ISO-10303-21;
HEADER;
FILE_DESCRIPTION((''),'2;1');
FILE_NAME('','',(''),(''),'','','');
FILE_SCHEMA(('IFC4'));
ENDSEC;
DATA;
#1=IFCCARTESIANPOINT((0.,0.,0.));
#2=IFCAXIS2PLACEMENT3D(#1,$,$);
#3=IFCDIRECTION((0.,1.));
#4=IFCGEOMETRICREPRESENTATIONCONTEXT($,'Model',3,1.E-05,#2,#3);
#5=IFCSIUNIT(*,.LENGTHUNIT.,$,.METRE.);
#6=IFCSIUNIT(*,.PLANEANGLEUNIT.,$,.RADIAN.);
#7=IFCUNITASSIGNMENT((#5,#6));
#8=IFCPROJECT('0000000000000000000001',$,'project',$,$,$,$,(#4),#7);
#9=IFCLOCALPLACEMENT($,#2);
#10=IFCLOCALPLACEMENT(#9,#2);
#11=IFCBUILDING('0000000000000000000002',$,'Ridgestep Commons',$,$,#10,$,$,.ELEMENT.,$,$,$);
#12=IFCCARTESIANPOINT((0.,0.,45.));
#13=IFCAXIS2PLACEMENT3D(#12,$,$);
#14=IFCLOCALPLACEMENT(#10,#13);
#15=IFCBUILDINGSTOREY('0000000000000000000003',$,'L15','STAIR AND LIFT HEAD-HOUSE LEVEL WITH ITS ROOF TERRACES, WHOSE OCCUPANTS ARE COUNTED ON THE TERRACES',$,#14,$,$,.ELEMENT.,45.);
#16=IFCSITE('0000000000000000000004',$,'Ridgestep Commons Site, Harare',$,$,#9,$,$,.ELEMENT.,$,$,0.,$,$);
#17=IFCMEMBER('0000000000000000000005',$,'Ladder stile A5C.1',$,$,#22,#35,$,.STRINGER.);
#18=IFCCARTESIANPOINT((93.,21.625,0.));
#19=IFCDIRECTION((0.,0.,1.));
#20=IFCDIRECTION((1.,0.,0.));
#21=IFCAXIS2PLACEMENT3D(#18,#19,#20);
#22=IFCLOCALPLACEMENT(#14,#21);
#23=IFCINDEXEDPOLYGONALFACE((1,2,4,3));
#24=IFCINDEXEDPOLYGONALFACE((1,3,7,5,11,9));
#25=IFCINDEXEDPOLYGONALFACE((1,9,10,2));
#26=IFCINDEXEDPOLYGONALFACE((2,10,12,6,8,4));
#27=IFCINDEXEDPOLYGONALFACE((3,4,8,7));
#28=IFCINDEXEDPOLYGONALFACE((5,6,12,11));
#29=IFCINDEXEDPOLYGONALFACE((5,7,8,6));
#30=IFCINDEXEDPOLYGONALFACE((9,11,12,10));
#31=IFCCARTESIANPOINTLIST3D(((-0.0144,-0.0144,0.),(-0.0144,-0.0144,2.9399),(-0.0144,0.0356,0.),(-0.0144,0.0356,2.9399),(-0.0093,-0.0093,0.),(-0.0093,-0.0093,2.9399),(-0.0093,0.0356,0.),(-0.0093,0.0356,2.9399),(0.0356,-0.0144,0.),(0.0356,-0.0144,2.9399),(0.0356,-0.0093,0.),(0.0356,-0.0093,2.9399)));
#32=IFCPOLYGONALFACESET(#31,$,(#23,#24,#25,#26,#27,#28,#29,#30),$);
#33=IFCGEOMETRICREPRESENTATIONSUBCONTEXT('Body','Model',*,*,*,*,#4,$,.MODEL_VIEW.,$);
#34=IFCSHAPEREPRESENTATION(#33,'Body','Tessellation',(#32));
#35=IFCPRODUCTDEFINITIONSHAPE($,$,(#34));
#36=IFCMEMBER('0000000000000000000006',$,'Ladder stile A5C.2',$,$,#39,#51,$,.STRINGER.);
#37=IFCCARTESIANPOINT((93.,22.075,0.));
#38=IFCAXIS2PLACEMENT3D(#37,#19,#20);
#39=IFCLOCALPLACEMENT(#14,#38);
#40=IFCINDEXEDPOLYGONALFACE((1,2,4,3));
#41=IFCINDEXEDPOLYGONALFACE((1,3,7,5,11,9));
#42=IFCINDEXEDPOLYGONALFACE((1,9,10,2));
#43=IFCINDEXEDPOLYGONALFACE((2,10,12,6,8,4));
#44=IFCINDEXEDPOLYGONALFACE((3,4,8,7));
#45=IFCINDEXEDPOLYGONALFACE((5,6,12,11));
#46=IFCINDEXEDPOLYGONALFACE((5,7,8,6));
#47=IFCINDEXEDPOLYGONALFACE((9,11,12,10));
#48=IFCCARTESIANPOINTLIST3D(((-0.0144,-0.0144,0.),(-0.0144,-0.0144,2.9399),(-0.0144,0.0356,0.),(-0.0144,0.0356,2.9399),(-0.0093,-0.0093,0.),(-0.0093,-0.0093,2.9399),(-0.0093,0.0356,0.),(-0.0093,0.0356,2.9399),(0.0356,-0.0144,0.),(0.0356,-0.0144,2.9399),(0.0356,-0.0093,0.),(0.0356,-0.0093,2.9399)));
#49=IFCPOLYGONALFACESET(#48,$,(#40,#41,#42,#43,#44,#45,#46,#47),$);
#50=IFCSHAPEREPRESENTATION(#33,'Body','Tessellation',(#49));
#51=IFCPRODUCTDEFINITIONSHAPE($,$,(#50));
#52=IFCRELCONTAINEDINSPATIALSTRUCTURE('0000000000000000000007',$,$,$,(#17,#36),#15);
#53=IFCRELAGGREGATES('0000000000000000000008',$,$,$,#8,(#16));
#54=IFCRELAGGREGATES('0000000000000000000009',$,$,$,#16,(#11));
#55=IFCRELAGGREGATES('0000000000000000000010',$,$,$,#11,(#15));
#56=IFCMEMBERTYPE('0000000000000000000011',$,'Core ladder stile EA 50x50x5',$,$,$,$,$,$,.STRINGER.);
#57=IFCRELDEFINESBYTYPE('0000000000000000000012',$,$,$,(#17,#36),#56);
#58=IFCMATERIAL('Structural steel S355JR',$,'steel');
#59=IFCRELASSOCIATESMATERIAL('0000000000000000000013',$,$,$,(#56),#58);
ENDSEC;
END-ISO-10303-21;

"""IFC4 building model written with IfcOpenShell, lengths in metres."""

from ifc_helpers import new_model, si_unit, direction, frame, origin, place, context, subcontext, project, spatial, polyline, outline, extrude, material, material_profile, profile_set, type_object, element, save


model = new_model("IFC4")

# Units and contexts
model_context = context("Model", 3, precision=1e-05, world=origin(), true_north=direction((0.0, 1.0)))
body_context = subcontext(model_context, "Body", "Model", "MODEL_VIEW")
ifc_project = project(units=[si_unit("LENGTHUNIT", "METRE"), si_unit("PLANEANGLEUNIT", "RADIAN")], contexts=[model_context])

# Site, building, storey
site_placement = place(None, origin())
site = spatial("IfcSite", under=ifc_project, at=site_placement, Name="Ridgestep Commons Site, Harare", CompositionType="ELEMENT", RefElevation=0.0)
building_placement = place(site_placement, origin())
building = spatial("IfcBuilding", under=site, at=building_placement, Name="Ridgestep Commons", CompositionType="ELEMENT")
storey_placement = place(building_placement, frame((0.0, 0.0, 45.0)))
storey = spatial("IfcBuildingStorey", under=building, at=storey_placement, Name="L15", Description="STAIR AND LIFT HEAD-HOUSE LEVEL WITH ITS ROOF TERRACES, WHOSE OCCUPANTS ARE COUNTED ON THE TERRACES", CompositionType="ELEMENT", Elevation=45.0)

# Members
ifc_material_1 = material(Name="Structural steel S355JR", Category="steel")
ifc_material_profile_1 = material_profile(ifc_material_1, outline(polyline([(-0.0144, -0.0144), (0.0356, -0.0144), (0.0356, -0.0093), (-0.0093, -0.0093), (-0.0093, 0.0356), (-0.0144, 0.0356), (-0.0144, -0.0144)])), Name="EA 50x50x5")
ifc_profile_set_1 = profile_set([ifc_material_profile_1], Name="Structural steel S355JR")
member_type_1 = type_object("IfcMemberType", Name="Core ladder stile EA 50x50x5", PredefinedType="STRINGER", material=ifc_profile_set_1)
for number, where, z_axis, x_axis, name in (
    (1, (93.0, 21.625, 0.0), (0.0, 0.0, 1.0), (1.0, 0.0, 0.0), "Ladder stile A5C.1"),
    (2, (93.0, 22.075, 0.0), (0.0, 0.0, 1.0), (1.0, 0.0, 0.0), "Ladder stile A5C.2"),
):
    element("IfcMember", number, at=place(storey_placement, frame(where, z_axis=z_axis, x_axis=x_axis)), inside=storey, type_object=member_type_1, Name=name, PredefinedType="STRINGER", context=body_context, shape_type="SweptSolid", body=[
        extrude(outline(polyline([(-0.0144, -0.0144), (0.0356, -0.0144), (0.0356, -0.0093), (-0.0093, -0.0093), (-0.0093, 0.0356), (-0.0144, 0.0356), (-0.0144, -0.0144)])), origin(), (0.0, 0.0, 1.0), 2.9399),
    ])

save(model, "model.ifc")
